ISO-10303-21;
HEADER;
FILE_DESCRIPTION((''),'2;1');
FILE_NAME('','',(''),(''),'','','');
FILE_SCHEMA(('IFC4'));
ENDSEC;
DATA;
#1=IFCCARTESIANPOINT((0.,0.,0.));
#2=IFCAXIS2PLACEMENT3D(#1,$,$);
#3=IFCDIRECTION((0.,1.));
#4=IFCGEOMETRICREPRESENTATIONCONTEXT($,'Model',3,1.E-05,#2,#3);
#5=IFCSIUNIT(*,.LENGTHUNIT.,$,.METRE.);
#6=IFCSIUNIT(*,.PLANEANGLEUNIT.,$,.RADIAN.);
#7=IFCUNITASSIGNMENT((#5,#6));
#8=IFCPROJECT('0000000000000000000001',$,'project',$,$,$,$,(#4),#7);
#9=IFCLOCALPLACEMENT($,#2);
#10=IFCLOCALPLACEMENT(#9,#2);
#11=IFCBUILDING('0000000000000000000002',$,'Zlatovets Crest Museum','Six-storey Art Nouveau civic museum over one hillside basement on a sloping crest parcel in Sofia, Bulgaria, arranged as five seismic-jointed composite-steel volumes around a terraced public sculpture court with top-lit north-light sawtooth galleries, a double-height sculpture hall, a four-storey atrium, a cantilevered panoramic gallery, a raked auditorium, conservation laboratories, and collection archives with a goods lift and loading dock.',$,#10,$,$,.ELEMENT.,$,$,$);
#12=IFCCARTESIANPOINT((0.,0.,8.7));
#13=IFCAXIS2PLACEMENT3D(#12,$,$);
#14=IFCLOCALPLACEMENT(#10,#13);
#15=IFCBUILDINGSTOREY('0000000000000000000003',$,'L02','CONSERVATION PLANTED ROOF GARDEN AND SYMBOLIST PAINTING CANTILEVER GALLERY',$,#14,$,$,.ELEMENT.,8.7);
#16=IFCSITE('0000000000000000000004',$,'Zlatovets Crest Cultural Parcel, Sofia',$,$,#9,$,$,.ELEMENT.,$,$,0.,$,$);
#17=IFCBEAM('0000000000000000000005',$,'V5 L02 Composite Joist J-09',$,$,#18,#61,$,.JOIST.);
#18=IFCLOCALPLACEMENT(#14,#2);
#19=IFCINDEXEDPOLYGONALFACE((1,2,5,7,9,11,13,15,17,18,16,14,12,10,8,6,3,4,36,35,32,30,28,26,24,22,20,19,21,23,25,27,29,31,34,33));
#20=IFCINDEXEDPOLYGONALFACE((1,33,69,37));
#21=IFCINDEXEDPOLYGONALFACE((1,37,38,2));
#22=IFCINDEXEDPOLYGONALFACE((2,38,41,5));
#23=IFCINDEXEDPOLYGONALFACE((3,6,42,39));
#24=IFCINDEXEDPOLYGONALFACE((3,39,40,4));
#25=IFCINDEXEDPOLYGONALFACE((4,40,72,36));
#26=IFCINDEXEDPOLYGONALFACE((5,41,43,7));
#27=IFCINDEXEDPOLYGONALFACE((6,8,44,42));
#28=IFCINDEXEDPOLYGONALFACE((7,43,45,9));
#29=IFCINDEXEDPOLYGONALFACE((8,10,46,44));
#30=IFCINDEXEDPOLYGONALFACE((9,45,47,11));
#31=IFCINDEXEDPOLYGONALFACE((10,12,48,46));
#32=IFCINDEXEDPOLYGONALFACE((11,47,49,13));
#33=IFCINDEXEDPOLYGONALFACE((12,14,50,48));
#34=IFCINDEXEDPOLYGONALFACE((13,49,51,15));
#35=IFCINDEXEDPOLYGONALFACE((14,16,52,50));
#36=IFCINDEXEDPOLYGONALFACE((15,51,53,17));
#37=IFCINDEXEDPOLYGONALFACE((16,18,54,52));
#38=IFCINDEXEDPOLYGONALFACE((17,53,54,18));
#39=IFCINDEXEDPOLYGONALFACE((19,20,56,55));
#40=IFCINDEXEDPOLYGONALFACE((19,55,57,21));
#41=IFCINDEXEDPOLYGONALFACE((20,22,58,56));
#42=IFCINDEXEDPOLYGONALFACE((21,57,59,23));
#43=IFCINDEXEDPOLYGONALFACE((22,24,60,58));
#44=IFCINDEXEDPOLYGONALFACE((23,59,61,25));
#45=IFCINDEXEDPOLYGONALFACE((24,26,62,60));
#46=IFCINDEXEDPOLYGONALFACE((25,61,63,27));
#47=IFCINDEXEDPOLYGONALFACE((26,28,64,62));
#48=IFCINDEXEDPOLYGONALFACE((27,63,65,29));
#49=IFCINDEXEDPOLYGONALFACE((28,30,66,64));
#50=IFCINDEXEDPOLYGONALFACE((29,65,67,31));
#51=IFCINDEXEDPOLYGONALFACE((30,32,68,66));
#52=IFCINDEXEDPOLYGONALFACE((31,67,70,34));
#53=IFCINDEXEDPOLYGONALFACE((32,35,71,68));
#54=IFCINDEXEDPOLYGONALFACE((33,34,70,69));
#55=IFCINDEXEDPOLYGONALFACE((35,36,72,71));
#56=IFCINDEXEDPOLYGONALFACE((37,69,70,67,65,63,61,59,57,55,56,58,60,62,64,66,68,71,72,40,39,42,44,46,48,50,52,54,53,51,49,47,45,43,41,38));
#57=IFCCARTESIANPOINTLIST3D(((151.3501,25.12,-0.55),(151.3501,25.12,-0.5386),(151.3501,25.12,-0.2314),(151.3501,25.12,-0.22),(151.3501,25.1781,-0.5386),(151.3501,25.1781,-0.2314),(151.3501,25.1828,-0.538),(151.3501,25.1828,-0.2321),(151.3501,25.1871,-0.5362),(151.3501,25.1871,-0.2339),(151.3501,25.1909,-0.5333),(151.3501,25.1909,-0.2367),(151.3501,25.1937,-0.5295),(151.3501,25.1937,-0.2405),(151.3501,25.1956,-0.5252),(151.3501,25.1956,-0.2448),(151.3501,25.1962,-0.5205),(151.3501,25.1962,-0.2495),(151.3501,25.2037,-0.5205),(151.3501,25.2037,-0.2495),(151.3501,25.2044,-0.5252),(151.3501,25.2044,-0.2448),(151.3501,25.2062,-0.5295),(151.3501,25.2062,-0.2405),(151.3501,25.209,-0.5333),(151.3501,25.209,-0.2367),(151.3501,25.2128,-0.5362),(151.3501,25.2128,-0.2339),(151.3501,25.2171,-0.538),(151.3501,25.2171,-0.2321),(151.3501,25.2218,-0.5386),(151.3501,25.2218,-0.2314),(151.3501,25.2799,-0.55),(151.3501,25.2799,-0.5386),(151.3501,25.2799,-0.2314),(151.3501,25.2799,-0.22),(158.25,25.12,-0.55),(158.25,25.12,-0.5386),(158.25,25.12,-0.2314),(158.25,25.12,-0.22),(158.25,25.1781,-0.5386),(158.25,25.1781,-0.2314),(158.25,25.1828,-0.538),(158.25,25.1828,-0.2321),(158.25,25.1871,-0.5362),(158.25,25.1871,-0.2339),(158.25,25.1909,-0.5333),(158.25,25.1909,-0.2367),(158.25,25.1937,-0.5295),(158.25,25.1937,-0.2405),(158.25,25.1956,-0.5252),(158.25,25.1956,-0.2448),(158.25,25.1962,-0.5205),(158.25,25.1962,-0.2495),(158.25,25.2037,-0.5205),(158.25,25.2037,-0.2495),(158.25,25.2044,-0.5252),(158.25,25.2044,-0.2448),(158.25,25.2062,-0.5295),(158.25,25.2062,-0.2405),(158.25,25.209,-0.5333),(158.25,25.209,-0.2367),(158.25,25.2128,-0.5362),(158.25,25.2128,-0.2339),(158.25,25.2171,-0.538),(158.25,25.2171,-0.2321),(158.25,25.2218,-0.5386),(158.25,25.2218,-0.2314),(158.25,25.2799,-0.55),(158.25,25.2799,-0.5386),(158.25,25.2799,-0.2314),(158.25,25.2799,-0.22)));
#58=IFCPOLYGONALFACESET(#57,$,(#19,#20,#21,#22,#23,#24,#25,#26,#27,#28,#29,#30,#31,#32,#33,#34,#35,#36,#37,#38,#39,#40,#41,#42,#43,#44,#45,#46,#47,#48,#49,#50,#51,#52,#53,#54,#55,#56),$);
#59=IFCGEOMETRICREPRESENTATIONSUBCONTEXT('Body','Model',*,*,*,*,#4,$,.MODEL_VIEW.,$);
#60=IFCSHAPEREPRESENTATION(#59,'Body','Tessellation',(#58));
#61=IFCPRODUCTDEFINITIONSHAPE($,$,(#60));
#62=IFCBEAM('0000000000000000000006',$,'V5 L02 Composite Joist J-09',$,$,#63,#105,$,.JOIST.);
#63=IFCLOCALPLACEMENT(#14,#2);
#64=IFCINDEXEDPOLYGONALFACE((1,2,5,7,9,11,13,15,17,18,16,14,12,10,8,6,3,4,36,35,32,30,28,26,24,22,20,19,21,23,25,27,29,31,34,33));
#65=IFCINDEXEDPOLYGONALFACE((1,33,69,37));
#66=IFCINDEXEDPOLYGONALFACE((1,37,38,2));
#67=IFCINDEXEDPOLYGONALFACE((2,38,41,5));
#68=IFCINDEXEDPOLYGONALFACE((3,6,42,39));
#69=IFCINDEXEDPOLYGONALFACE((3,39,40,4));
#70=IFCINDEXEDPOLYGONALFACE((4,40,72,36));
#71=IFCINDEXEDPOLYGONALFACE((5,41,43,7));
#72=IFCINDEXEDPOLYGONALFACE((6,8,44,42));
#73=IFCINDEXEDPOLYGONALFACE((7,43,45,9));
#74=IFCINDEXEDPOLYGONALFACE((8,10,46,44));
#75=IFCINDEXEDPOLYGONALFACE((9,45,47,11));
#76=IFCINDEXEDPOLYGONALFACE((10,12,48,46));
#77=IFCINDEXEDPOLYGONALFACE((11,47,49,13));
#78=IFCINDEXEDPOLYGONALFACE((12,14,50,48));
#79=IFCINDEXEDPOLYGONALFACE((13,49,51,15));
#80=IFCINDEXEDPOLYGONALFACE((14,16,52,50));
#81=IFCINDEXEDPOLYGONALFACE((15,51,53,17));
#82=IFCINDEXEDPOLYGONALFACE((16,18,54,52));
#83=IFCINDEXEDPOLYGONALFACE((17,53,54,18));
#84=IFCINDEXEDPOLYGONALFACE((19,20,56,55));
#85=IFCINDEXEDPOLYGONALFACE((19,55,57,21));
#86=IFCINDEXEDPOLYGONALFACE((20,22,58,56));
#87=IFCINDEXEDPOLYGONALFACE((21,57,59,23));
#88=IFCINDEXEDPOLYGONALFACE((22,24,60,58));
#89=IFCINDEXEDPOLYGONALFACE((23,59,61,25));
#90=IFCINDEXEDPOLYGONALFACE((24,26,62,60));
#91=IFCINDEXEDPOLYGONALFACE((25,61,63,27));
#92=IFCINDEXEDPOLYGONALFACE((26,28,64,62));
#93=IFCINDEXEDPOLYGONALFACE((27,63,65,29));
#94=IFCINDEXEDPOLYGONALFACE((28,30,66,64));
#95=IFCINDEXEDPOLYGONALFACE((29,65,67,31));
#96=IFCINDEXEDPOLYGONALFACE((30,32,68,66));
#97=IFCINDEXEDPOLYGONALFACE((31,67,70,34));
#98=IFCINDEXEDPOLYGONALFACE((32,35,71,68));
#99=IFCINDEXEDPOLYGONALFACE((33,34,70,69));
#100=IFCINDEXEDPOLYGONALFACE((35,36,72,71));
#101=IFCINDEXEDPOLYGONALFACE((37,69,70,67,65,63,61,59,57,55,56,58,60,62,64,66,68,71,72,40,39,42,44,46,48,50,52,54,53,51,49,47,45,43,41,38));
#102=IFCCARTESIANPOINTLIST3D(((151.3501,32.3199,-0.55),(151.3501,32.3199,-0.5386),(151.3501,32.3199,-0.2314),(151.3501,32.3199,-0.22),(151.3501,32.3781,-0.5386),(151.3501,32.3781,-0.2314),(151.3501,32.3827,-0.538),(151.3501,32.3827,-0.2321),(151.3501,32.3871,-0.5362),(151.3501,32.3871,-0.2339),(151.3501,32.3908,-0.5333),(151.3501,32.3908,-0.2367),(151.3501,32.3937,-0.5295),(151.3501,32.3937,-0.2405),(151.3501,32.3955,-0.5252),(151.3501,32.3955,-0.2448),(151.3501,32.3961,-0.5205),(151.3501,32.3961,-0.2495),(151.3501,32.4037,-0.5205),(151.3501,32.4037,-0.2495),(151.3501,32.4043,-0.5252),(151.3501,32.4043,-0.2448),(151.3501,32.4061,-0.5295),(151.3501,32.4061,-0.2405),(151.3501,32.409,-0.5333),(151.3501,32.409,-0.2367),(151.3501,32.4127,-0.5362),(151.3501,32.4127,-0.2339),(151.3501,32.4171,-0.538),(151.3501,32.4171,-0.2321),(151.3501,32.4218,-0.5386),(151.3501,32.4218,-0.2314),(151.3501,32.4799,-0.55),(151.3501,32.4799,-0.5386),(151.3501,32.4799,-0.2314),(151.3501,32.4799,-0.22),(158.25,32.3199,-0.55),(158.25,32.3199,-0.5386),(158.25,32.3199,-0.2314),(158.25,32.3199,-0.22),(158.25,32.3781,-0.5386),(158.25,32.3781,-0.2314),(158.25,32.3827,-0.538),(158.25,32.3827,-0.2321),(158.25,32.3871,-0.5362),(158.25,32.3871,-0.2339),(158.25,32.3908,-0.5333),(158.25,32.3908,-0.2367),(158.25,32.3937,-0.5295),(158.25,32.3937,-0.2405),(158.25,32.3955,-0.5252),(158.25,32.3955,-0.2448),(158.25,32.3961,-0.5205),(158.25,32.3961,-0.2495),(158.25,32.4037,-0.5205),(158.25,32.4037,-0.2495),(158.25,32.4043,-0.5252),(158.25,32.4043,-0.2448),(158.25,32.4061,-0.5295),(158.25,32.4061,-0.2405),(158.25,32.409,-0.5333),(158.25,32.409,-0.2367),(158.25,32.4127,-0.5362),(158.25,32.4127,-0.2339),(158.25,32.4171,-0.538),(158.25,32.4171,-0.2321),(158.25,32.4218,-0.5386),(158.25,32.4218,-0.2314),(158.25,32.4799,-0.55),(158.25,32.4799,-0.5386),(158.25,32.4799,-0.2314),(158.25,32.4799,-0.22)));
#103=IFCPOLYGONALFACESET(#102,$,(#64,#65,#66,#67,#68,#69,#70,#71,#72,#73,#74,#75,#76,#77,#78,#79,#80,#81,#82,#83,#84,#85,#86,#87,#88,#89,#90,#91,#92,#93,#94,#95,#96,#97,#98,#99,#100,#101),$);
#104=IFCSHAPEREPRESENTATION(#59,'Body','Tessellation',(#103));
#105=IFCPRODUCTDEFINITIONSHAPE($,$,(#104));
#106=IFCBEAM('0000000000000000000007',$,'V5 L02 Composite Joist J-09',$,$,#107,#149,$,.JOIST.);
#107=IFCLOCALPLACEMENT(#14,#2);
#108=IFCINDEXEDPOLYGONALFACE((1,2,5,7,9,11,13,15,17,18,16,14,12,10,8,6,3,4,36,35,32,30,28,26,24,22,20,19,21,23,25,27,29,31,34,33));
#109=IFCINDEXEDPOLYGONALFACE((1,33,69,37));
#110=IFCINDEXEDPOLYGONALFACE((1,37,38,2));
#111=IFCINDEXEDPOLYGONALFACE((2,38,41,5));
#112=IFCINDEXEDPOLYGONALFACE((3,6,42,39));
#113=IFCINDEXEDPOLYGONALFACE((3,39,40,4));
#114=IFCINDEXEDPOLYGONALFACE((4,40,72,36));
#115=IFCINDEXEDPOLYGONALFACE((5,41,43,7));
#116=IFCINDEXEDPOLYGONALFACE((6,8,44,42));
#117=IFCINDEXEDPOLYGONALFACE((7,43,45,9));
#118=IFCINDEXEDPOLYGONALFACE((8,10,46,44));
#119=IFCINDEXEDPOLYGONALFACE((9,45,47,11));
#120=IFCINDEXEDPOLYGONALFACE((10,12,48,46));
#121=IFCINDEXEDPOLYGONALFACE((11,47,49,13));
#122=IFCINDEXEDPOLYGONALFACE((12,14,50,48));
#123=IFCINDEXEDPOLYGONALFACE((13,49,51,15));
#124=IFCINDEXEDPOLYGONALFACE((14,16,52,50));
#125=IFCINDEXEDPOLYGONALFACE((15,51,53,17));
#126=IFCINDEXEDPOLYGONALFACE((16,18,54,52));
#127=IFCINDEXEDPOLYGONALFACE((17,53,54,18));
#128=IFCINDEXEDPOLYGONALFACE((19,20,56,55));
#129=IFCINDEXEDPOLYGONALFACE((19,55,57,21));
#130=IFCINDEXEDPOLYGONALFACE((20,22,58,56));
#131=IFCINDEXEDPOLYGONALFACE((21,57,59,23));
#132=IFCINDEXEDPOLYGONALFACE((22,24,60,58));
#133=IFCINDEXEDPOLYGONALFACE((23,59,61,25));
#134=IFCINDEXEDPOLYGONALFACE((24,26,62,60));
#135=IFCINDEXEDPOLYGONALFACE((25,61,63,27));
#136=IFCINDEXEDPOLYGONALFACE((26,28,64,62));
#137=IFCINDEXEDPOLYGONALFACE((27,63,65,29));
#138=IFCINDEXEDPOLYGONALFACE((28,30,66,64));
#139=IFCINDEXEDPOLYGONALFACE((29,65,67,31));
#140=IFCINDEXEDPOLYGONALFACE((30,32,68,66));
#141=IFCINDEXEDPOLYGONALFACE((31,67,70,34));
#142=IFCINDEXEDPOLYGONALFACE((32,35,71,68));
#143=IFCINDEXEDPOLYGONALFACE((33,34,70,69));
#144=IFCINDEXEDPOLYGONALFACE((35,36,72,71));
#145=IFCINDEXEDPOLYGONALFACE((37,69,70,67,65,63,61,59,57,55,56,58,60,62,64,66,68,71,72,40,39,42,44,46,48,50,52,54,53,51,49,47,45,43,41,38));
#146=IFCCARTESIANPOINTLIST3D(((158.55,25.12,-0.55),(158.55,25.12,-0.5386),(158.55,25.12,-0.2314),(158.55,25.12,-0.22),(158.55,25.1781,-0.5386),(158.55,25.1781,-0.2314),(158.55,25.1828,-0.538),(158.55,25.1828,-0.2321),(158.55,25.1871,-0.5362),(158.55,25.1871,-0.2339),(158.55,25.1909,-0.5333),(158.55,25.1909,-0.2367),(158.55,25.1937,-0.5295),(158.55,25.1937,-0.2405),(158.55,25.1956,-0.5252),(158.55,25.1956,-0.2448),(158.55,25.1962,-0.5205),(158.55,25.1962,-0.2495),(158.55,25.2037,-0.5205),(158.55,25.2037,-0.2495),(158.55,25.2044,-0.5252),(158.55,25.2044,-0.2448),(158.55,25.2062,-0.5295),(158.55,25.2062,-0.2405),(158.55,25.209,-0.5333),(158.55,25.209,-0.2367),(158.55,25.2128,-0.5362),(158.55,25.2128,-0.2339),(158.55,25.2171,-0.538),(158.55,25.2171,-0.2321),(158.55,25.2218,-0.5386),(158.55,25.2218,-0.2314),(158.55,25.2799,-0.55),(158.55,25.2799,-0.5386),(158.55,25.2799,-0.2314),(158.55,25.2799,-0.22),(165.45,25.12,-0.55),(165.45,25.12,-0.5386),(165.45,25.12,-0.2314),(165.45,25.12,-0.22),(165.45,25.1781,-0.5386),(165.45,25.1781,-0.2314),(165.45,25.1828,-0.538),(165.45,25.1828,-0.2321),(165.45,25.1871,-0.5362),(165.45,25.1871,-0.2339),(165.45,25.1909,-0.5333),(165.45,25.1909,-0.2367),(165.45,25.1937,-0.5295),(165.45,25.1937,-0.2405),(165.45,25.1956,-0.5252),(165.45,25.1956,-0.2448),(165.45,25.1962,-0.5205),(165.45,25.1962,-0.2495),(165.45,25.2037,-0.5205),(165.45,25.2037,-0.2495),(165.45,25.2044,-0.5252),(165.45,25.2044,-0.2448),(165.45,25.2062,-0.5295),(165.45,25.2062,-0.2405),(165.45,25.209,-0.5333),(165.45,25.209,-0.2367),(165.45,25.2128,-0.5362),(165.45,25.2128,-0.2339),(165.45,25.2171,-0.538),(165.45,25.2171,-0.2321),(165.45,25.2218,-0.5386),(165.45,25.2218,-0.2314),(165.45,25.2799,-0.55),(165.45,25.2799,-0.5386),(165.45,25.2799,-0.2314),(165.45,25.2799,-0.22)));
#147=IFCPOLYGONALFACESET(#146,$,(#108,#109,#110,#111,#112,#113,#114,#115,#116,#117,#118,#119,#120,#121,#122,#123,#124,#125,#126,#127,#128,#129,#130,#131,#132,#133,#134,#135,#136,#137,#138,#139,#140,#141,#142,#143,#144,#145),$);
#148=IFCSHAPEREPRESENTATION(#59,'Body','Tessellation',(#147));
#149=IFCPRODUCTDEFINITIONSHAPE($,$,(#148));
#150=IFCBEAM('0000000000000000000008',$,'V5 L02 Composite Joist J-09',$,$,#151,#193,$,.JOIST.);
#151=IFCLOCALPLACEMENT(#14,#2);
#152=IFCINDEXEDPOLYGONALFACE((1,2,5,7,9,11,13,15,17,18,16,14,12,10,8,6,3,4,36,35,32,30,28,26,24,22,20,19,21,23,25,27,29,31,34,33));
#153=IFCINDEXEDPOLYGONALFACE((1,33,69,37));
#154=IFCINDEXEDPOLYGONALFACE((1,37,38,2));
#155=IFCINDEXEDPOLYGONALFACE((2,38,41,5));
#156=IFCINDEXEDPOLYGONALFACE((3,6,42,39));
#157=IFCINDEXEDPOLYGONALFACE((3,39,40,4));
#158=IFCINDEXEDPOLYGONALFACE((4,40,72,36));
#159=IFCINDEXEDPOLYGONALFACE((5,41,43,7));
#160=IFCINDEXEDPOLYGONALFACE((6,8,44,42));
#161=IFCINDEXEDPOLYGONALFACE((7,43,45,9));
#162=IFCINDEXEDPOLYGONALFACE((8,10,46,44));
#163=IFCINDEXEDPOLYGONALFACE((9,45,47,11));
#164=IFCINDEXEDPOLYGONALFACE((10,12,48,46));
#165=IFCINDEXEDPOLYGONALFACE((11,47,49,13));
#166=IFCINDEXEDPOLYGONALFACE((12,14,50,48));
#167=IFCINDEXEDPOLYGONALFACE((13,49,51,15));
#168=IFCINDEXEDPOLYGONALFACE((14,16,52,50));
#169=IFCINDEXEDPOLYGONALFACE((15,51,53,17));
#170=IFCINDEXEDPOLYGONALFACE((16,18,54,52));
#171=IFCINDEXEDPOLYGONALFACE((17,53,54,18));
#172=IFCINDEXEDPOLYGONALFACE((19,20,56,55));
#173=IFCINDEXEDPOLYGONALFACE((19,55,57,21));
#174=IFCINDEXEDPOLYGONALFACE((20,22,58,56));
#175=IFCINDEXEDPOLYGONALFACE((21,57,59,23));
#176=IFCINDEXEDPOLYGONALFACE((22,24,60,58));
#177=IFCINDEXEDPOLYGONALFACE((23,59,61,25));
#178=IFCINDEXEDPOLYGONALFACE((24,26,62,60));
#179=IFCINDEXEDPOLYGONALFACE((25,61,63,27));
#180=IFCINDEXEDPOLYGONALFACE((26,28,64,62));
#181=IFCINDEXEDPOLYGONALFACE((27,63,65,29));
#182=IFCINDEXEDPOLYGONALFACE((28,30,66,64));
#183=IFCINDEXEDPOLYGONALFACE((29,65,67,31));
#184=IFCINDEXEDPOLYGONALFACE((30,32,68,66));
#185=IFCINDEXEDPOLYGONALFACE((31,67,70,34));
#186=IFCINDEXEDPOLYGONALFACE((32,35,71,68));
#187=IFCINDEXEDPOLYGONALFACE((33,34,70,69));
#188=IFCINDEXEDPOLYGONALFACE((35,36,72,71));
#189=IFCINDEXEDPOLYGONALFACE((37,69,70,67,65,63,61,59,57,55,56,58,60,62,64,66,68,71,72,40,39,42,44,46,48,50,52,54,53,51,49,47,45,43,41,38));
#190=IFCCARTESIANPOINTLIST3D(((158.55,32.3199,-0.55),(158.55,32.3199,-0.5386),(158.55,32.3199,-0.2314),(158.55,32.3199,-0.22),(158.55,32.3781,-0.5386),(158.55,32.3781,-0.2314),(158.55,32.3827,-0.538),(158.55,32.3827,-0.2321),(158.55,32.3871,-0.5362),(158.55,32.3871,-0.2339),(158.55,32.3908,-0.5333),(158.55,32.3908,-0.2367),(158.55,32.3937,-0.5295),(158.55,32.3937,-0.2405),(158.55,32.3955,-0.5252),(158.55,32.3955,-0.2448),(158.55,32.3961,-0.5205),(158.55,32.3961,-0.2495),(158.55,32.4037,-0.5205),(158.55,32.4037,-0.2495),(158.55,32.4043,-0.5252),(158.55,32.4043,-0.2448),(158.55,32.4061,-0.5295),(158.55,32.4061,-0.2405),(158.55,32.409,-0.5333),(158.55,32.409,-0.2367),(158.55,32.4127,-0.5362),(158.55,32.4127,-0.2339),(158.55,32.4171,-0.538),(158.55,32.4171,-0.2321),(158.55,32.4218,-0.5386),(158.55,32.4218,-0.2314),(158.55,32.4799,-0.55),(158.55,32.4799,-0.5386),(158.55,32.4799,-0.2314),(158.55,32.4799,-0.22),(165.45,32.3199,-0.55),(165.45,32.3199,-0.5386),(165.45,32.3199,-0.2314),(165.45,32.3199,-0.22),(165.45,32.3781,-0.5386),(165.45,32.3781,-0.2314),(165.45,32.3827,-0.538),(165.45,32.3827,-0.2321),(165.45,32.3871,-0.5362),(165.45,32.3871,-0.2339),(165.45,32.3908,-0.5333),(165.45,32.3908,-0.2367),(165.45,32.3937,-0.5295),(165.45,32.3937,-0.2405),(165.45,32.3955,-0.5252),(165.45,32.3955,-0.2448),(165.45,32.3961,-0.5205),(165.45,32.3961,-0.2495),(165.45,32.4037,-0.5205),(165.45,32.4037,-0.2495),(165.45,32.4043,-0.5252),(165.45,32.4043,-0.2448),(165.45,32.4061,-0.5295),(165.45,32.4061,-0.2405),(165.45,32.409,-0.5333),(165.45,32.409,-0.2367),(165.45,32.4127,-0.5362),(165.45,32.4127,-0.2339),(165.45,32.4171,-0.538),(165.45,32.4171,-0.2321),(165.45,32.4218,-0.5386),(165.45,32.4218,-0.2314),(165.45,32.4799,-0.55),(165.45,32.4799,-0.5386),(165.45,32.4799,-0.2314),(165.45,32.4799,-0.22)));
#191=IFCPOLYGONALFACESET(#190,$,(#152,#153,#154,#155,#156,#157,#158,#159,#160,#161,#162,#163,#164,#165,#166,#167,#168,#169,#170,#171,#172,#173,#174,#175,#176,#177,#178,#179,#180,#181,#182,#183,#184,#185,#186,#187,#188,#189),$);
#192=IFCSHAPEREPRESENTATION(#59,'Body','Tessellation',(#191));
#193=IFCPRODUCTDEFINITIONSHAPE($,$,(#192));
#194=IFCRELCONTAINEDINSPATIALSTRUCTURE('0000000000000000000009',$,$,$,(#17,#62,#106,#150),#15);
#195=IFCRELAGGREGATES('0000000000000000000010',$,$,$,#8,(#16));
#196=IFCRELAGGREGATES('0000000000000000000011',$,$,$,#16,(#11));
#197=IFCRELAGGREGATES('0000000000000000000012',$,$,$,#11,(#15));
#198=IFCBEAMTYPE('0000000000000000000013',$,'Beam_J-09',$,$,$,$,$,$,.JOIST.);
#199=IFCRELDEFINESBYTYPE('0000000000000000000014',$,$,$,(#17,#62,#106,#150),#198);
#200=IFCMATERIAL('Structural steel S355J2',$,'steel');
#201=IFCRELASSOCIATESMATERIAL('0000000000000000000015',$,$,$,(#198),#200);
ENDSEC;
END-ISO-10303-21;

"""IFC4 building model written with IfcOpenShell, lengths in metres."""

from ifc_helpers import new_model, si_unit, direction, frame, origin, origin_2d, place, context, subcontext, project, spatial, i_section, extrude, material, material_profile, profile_set, type_object, element, save


model = new_model("IFC4")

# Units and contexts
model_context = context("Model", 3, precision=1e-05, world=origin(), true_north=direction((0.0, 1.0)))
body_context = subcontext(model_context, "Body", "Model", "MODEL_VIEW")
ifc_project = project(units=[si_unit("LENGTHUNIT", "METRE"), si_unit("PLANEANGLEUNIT", "RADIAN")], contexts=[model_context])

# Site, building, storey
site_placement = place(None, origin())
site = spatial("IfcSite", under=ifc_project, at=site_placement, Name="Zlatovets Crest Cultural Parcel, Sofia", CompositionType="ELEMENT", RefElevation=0.0)
building_placement = place(site_placement, origin())
building = spatial("IfcBuilding", under=site, at=building_placement, Name="Zlatovets Crest Museum", Description="Six-storey Art Nouveau civic museum over one hillside basement on a sloping crest parcel in Sofia, Bulgaria, arranged as five seismic-jointed composite-steel volumes around a terraced public sculpture court with top-lit north-light sawtooth galleries, a double-height sculpture hall, a four-storey atrium, a cantilevered panoramic gallery, a raked auditorium, conservation laboratories, and collection archives with a goods lift and loading dock.", CompositionType="ELEMENT")
storey_placement = place(building_placement, frame((0.0, 0.0, 8.7)))
storey = spatial("IfcBuildingStorey", under=building, at=storey_placement, Name="L02", Description="CONSERVATION PLANTED ROOF GARDEN AND SYMBOLIST PAINTING CANTILEVER GALLERY", CompositionType="ELEMENT", Elevation=8.7)

# Shared definitions
ifc_material_1 = material(Name="Structural steel S355J2", Category="steel")

# Beams
ifc_material_profile_1 = material_profile(ifc_material_1, i_section(OverallWidth=0.1599, OverallDepth=0.3301, WebThickness=0.0076, FlangeThickness=0.0115, FilletRadius=0.0181, at=origin_2d()), Name="IPE 330")
ifc_profile_set_1 = profile_set([ifc_material_profile_1], Name="Structural steel S355J2")
beam_type_1 = type_object("IfcBeamType", Name="Beam_J-09", PredefinedType="JOIST", material=ifc_profile_set_1)
for number, where, z_axis, x_axis, name in (
    (1, (151.3501, 25.2, -0.385), (1.0, 0.0, 0.0), (0.0, 1.0, 0.0), "V5 L02 Composite Joist J-09"),
    (2, (151.3501, 32.3999, -0.385), (1.0, 0.0, 0.0), (0.0, 1.0, 0.0), "V5 L02 Composite Joist J-09"),
    (3, (158.55, 25.2, -0.385), (1.0, 0.0, 0.0), (0.0, 1.0, 0.0), "V5 L02 Composite Joist J-09"),
    (4, (158.55, 32.3999, -0.385), (1.0, 0.0, 0.0), (0.0, 1.0, 0.0), "V5 L02 Composite Joist J-09"),
):
    element("IfcBeam", number, at=place(storey_placement, frame(where, z_axis=z_axis, x_axis=x_axis)), inside=storey, type_object=beam_type_1, Name=name, PredefinedType="JOIST", context=body_context, shape_type="SweptSolid", body=[
        extrude(i_section(OverallWidth=0.1599, OverallDepth=0.3301, WebThickness=0.0076, FlangeThickness=0.0115, FilletRadius=0.0181, at=origin_2d()), origin(), (0.0, 0.0, 1.0), 6.8999),
    ])

save(model, "model.ifc")
